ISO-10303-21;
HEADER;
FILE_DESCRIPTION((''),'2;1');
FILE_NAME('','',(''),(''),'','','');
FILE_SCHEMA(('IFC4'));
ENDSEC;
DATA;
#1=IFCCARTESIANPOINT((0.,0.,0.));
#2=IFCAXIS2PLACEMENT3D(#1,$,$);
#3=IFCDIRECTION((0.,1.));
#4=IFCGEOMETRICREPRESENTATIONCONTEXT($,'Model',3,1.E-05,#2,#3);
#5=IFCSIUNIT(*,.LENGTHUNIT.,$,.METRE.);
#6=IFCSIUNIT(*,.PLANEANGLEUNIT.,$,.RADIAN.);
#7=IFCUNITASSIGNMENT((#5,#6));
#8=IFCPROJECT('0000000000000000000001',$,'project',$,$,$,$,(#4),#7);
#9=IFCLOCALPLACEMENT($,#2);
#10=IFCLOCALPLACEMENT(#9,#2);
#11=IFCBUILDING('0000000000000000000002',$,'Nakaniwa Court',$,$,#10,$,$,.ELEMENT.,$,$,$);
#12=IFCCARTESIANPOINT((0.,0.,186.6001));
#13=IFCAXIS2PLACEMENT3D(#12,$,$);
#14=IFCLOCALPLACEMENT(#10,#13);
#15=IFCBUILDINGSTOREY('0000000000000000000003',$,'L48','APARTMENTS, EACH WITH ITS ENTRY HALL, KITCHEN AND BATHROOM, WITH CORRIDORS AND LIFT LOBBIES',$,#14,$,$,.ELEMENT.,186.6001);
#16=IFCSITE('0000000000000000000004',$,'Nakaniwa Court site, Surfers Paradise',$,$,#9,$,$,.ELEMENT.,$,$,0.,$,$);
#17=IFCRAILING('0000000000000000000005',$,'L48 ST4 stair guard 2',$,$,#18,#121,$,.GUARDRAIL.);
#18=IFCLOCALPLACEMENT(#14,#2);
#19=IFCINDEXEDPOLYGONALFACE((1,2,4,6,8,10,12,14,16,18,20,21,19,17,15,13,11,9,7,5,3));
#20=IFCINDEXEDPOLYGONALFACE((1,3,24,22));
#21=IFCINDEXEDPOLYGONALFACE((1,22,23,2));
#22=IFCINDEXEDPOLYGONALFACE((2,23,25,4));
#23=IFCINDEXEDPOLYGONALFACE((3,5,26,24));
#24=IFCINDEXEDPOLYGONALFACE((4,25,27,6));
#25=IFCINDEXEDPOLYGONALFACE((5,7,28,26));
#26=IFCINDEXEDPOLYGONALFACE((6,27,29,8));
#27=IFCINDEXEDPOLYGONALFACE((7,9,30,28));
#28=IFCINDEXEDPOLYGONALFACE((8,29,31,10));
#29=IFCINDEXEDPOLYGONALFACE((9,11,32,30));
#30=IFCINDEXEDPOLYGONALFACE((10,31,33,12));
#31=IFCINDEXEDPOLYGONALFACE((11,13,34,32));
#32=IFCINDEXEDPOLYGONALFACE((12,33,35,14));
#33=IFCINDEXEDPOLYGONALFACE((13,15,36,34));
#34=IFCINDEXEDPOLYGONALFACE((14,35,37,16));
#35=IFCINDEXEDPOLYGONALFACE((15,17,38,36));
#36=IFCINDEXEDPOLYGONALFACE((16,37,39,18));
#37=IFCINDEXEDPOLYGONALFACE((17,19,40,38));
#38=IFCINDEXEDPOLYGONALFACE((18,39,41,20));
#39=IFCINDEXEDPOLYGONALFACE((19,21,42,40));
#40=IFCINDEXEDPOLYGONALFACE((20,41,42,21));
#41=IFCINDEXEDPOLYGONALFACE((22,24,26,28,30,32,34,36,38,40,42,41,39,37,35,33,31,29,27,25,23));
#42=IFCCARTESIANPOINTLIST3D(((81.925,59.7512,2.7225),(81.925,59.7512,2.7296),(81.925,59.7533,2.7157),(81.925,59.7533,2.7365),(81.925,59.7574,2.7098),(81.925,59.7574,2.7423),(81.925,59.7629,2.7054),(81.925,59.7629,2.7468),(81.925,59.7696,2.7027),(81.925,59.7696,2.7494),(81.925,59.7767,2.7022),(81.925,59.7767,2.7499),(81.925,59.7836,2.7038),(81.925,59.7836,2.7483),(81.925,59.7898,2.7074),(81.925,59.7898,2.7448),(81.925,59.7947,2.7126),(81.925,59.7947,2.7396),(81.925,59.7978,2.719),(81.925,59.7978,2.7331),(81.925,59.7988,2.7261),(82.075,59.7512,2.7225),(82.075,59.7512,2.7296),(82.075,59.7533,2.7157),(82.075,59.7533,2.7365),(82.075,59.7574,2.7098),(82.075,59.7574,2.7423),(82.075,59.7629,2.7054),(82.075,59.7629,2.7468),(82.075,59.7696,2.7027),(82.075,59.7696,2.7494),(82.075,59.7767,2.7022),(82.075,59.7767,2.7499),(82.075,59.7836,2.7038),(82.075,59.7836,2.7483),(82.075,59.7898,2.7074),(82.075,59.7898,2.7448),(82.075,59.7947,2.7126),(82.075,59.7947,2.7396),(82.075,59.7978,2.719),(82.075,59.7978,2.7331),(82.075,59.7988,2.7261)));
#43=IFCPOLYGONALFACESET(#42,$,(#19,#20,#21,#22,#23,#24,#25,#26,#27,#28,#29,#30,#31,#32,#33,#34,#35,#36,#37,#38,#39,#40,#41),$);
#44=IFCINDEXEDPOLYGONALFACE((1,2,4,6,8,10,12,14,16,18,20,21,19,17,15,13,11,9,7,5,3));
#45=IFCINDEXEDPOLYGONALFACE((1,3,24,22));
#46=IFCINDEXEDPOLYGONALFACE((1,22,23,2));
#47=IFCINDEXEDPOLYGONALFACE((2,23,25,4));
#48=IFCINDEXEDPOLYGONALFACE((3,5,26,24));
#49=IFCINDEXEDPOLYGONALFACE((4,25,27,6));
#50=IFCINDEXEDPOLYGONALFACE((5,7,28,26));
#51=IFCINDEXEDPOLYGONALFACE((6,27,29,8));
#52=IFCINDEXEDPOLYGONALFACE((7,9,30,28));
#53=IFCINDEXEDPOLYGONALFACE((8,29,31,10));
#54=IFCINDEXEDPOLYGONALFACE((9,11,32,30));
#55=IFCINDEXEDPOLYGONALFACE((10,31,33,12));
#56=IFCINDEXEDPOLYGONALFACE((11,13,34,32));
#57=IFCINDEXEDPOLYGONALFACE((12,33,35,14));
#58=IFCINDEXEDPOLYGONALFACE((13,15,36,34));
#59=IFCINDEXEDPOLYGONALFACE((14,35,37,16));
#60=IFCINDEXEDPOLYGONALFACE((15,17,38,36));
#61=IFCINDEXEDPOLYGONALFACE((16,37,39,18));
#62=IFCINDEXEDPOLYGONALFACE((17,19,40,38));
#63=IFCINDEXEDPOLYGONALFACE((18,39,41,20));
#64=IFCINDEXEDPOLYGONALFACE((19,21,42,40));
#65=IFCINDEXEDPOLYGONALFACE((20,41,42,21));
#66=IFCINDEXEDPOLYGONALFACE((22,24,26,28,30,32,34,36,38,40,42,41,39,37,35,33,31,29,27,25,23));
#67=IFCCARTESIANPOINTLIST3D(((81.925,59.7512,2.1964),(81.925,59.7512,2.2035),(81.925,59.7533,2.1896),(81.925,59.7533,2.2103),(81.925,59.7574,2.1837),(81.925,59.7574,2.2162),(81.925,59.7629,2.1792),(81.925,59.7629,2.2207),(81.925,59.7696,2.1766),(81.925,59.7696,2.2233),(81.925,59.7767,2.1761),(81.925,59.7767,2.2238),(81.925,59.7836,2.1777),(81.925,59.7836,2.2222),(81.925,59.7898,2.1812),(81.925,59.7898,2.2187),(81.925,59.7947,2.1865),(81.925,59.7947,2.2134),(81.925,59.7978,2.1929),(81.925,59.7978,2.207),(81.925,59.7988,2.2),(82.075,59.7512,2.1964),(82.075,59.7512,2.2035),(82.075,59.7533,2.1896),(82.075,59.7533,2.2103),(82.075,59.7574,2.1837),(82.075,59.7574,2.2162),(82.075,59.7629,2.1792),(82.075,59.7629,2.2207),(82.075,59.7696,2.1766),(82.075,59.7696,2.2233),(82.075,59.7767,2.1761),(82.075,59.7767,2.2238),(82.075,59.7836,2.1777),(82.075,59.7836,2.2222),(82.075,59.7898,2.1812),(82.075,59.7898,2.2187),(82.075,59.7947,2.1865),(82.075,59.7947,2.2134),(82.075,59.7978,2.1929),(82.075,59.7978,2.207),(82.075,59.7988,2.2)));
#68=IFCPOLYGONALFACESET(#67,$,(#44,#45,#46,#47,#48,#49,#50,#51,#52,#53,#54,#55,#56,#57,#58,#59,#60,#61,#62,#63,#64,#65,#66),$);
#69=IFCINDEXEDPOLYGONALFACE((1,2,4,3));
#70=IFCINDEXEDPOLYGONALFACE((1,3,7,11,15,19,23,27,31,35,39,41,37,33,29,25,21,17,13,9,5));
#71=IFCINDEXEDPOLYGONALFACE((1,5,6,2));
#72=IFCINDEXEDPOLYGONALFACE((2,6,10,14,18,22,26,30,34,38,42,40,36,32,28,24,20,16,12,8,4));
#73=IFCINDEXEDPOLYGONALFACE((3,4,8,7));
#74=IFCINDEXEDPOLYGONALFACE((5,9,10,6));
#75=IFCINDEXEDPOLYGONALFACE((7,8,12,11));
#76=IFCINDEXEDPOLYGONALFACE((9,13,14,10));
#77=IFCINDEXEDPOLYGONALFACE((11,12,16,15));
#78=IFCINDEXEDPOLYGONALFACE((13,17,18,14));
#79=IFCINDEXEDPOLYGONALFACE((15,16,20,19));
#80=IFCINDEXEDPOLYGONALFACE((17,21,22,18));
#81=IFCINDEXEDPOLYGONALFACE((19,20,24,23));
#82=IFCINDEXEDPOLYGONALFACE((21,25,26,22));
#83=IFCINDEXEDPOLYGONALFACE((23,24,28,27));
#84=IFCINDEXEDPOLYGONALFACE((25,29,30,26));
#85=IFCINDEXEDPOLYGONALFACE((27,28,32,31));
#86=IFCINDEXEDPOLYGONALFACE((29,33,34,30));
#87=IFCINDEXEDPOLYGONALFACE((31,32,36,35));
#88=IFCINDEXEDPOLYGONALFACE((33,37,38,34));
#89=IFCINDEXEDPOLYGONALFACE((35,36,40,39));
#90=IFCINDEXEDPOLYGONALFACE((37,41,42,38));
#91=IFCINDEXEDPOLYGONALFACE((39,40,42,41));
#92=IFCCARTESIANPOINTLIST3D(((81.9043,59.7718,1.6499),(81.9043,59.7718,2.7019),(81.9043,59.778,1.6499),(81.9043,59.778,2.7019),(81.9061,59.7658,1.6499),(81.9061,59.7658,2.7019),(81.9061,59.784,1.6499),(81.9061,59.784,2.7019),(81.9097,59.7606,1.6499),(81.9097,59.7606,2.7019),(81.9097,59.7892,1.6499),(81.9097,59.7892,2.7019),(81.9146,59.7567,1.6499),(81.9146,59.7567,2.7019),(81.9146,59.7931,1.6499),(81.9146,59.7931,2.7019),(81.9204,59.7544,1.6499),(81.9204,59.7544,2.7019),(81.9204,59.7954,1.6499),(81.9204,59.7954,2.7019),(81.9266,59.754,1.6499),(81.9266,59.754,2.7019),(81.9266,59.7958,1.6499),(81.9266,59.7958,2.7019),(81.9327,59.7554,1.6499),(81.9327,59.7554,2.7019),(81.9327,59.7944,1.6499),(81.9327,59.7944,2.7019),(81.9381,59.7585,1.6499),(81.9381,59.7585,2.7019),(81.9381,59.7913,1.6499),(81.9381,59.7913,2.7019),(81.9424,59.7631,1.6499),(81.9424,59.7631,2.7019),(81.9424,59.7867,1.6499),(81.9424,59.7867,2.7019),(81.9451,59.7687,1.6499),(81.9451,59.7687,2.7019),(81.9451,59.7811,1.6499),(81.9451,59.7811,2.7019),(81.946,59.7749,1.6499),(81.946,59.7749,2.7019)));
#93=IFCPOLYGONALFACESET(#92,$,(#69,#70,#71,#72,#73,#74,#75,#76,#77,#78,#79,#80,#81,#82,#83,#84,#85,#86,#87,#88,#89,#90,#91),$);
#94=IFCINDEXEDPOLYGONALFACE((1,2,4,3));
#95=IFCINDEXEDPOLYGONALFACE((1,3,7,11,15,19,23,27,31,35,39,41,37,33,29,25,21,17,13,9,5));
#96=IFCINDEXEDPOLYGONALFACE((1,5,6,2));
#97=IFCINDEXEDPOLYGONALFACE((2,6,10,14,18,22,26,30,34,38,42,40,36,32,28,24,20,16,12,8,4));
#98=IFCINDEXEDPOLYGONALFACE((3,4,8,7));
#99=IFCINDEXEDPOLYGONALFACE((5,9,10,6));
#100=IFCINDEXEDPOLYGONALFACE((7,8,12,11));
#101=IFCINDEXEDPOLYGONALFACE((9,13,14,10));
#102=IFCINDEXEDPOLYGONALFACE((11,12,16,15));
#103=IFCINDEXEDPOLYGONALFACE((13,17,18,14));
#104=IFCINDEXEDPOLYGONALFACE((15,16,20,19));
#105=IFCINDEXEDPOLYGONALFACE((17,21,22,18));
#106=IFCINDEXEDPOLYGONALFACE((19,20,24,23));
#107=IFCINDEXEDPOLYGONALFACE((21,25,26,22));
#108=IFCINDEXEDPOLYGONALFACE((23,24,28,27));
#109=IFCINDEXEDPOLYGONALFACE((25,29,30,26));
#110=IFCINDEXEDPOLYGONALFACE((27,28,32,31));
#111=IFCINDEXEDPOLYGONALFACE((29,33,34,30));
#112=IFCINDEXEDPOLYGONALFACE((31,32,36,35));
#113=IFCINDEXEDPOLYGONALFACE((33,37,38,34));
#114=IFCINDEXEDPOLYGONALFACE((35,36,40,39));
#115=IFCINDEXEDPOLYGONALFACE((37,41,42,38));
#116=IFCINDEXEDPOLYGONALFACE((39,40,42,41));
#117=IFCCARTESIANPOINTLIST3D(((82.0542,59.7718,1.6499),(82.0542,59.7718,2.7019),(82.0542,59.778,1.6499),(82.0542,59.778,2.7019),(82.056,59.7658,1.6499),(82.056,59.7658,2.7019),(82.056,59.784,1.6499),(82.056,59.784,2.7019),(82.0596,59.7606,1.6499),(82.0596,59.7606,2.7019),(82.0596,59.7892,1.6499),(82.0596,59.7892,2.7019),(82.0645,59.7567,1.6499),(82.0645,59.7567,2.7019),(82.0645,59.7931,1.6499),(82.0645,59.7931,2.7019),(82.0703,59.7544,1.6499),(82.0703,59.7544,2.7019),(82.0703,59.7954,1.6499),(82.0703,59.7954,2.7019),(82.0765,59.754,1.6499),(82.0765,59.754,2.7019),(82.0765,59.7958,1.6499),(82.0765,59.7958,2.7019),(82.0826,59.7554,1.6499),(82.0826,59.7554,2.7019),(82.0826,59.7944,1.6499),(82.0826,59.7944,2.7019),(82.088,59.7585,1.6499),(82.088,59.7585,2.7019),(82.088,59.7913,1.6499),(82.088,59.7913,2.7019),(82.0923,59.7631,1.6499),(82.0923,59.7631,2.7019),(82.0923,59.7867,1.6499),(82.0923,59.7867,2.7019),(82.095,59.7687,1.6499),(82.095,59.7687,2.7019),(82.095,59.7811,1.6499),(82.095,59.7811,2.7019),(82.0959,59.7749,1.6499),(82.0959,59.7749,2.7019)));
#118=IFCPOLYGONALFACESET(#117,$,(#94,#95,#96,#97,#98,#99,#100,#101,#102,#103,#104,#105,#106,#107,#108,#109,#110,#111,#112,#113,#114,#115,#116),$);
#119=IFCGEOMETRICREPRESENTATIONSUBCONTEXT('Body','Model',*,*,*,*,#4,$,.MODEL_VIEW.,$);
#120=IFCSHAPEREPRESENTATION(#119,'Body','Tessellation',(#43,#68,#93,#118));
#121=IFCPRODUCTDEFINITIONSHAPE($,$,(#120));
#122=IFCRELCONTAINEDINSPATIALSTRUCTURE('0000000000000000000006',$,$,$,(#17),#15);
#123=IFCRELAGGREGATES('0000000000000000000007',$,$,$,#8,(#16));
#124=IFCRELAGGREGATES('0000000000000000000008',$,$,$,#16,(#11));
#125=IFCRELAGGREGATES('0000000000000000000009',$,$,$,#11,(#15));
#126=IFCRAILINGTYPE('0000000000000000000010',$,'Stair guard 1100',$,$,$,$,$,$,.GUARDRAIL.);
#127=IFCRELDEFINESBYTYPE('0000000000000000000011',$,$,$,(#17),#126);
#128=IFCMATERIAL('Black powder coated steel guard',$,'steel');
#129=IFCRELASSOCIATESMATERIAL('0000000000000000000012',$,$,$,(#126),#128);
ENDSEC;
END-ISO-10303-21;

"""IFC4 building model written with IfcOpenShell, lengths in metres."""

from ifc_helpers import new_model, si_unit, direction, frame, origin, origin_2d, place, context, subcontext, project, spatial, circle, extrude, material, type_object, element, save


model = new_model("IFC4")

# Units and contexts
model_context = context("Model", 3, precision=1e-05, world=origin(), true_north=direction((0.0, 1.0)))
body_context = subcontext(model_context, "Body", "Model", "MODEL_VIEW")
ifc_project = project(units=[si_unit("LENGTHUNIT", "METRE"), si_unit("PLANEANGLEUNIT", "RADIAN")], contexts=[model_context])

# Site, building, storey
site_placement = place(None, origin())
site = spatial("IfcSite", under=ifc_project, at=site_placement, Name="Nakaniwa Court site, Surfers Paradise", CompositionType="ELEMENT", RefElevation=0.0)
building_placement = place(site_placement, origin())
building = spatial("IfcBuilding", under=site, at=building_placement, Name="Nakaniwa Court", CompositionType="ELEMENT")
storey_placement = place(building_placement, frame((0.0, 0.0, 186.6001)))
storey = spatial("IfcBuildingStorey", under=building, at=storey_placement, Name="L48", Description="APARTMENTS, EACH WITH ITS ENTRY HALL, KITCHEN AND BATHROOM, WITH CORRIDORS AND LIFT LOBBIES", CompositionType="ELEMENT", Elevation=186.6001)

# Railing
ifc_material_1 = material(Name="Black powder coated steel guard", Category="steel")
railing_type_1 = type_object("IfcRailingType", Name="Stair guard 1100", PredefinedType="GUARDRAIL", material=ifc_material_1)
railing_1_placement = place(storey_placement, frame((81.925, 59.7749, 1.6499)))
element("IfcRailing", 1, at=railing_1_placement, inside=storey, type_object=railing_type_1, Name="L48 ST4 stair guard 2", PredefinedType="GUARDRAIL", context=body_context, shape_type="SweptSolid", body=[
    extrude(circle(Radius=0.0239, at=origin_2d()), frame((0.0, 0.0, 1.0762), z_axis=(1.0, 0.0, 0.0), x_axis=(0.0, 1.0, 0.0)), (0.0, 0.0, 1.0), 0.1499),
    extrude(circle(Radius=0.0239, at=origin_2d()), frame((0.0, 0.0, 0.55), z_axis=(1.0, 0.0, 0.0), x_axis=(0.0, 1.0, 0.0)), (0.0, 0.0, 1.0), 0.1499),
    extrude(circle(Radius=0.021, at=origin_2d()), origin(), (0.0, 0.0, 1.0), 1.052),
    extrude(circle(Radius=0.021, at=origin_2d()), frame((0.1499, 0.0, 0.0)), (0.0, 0.0, 1.0), 1.052),
])

save(model, "model.ifc")
